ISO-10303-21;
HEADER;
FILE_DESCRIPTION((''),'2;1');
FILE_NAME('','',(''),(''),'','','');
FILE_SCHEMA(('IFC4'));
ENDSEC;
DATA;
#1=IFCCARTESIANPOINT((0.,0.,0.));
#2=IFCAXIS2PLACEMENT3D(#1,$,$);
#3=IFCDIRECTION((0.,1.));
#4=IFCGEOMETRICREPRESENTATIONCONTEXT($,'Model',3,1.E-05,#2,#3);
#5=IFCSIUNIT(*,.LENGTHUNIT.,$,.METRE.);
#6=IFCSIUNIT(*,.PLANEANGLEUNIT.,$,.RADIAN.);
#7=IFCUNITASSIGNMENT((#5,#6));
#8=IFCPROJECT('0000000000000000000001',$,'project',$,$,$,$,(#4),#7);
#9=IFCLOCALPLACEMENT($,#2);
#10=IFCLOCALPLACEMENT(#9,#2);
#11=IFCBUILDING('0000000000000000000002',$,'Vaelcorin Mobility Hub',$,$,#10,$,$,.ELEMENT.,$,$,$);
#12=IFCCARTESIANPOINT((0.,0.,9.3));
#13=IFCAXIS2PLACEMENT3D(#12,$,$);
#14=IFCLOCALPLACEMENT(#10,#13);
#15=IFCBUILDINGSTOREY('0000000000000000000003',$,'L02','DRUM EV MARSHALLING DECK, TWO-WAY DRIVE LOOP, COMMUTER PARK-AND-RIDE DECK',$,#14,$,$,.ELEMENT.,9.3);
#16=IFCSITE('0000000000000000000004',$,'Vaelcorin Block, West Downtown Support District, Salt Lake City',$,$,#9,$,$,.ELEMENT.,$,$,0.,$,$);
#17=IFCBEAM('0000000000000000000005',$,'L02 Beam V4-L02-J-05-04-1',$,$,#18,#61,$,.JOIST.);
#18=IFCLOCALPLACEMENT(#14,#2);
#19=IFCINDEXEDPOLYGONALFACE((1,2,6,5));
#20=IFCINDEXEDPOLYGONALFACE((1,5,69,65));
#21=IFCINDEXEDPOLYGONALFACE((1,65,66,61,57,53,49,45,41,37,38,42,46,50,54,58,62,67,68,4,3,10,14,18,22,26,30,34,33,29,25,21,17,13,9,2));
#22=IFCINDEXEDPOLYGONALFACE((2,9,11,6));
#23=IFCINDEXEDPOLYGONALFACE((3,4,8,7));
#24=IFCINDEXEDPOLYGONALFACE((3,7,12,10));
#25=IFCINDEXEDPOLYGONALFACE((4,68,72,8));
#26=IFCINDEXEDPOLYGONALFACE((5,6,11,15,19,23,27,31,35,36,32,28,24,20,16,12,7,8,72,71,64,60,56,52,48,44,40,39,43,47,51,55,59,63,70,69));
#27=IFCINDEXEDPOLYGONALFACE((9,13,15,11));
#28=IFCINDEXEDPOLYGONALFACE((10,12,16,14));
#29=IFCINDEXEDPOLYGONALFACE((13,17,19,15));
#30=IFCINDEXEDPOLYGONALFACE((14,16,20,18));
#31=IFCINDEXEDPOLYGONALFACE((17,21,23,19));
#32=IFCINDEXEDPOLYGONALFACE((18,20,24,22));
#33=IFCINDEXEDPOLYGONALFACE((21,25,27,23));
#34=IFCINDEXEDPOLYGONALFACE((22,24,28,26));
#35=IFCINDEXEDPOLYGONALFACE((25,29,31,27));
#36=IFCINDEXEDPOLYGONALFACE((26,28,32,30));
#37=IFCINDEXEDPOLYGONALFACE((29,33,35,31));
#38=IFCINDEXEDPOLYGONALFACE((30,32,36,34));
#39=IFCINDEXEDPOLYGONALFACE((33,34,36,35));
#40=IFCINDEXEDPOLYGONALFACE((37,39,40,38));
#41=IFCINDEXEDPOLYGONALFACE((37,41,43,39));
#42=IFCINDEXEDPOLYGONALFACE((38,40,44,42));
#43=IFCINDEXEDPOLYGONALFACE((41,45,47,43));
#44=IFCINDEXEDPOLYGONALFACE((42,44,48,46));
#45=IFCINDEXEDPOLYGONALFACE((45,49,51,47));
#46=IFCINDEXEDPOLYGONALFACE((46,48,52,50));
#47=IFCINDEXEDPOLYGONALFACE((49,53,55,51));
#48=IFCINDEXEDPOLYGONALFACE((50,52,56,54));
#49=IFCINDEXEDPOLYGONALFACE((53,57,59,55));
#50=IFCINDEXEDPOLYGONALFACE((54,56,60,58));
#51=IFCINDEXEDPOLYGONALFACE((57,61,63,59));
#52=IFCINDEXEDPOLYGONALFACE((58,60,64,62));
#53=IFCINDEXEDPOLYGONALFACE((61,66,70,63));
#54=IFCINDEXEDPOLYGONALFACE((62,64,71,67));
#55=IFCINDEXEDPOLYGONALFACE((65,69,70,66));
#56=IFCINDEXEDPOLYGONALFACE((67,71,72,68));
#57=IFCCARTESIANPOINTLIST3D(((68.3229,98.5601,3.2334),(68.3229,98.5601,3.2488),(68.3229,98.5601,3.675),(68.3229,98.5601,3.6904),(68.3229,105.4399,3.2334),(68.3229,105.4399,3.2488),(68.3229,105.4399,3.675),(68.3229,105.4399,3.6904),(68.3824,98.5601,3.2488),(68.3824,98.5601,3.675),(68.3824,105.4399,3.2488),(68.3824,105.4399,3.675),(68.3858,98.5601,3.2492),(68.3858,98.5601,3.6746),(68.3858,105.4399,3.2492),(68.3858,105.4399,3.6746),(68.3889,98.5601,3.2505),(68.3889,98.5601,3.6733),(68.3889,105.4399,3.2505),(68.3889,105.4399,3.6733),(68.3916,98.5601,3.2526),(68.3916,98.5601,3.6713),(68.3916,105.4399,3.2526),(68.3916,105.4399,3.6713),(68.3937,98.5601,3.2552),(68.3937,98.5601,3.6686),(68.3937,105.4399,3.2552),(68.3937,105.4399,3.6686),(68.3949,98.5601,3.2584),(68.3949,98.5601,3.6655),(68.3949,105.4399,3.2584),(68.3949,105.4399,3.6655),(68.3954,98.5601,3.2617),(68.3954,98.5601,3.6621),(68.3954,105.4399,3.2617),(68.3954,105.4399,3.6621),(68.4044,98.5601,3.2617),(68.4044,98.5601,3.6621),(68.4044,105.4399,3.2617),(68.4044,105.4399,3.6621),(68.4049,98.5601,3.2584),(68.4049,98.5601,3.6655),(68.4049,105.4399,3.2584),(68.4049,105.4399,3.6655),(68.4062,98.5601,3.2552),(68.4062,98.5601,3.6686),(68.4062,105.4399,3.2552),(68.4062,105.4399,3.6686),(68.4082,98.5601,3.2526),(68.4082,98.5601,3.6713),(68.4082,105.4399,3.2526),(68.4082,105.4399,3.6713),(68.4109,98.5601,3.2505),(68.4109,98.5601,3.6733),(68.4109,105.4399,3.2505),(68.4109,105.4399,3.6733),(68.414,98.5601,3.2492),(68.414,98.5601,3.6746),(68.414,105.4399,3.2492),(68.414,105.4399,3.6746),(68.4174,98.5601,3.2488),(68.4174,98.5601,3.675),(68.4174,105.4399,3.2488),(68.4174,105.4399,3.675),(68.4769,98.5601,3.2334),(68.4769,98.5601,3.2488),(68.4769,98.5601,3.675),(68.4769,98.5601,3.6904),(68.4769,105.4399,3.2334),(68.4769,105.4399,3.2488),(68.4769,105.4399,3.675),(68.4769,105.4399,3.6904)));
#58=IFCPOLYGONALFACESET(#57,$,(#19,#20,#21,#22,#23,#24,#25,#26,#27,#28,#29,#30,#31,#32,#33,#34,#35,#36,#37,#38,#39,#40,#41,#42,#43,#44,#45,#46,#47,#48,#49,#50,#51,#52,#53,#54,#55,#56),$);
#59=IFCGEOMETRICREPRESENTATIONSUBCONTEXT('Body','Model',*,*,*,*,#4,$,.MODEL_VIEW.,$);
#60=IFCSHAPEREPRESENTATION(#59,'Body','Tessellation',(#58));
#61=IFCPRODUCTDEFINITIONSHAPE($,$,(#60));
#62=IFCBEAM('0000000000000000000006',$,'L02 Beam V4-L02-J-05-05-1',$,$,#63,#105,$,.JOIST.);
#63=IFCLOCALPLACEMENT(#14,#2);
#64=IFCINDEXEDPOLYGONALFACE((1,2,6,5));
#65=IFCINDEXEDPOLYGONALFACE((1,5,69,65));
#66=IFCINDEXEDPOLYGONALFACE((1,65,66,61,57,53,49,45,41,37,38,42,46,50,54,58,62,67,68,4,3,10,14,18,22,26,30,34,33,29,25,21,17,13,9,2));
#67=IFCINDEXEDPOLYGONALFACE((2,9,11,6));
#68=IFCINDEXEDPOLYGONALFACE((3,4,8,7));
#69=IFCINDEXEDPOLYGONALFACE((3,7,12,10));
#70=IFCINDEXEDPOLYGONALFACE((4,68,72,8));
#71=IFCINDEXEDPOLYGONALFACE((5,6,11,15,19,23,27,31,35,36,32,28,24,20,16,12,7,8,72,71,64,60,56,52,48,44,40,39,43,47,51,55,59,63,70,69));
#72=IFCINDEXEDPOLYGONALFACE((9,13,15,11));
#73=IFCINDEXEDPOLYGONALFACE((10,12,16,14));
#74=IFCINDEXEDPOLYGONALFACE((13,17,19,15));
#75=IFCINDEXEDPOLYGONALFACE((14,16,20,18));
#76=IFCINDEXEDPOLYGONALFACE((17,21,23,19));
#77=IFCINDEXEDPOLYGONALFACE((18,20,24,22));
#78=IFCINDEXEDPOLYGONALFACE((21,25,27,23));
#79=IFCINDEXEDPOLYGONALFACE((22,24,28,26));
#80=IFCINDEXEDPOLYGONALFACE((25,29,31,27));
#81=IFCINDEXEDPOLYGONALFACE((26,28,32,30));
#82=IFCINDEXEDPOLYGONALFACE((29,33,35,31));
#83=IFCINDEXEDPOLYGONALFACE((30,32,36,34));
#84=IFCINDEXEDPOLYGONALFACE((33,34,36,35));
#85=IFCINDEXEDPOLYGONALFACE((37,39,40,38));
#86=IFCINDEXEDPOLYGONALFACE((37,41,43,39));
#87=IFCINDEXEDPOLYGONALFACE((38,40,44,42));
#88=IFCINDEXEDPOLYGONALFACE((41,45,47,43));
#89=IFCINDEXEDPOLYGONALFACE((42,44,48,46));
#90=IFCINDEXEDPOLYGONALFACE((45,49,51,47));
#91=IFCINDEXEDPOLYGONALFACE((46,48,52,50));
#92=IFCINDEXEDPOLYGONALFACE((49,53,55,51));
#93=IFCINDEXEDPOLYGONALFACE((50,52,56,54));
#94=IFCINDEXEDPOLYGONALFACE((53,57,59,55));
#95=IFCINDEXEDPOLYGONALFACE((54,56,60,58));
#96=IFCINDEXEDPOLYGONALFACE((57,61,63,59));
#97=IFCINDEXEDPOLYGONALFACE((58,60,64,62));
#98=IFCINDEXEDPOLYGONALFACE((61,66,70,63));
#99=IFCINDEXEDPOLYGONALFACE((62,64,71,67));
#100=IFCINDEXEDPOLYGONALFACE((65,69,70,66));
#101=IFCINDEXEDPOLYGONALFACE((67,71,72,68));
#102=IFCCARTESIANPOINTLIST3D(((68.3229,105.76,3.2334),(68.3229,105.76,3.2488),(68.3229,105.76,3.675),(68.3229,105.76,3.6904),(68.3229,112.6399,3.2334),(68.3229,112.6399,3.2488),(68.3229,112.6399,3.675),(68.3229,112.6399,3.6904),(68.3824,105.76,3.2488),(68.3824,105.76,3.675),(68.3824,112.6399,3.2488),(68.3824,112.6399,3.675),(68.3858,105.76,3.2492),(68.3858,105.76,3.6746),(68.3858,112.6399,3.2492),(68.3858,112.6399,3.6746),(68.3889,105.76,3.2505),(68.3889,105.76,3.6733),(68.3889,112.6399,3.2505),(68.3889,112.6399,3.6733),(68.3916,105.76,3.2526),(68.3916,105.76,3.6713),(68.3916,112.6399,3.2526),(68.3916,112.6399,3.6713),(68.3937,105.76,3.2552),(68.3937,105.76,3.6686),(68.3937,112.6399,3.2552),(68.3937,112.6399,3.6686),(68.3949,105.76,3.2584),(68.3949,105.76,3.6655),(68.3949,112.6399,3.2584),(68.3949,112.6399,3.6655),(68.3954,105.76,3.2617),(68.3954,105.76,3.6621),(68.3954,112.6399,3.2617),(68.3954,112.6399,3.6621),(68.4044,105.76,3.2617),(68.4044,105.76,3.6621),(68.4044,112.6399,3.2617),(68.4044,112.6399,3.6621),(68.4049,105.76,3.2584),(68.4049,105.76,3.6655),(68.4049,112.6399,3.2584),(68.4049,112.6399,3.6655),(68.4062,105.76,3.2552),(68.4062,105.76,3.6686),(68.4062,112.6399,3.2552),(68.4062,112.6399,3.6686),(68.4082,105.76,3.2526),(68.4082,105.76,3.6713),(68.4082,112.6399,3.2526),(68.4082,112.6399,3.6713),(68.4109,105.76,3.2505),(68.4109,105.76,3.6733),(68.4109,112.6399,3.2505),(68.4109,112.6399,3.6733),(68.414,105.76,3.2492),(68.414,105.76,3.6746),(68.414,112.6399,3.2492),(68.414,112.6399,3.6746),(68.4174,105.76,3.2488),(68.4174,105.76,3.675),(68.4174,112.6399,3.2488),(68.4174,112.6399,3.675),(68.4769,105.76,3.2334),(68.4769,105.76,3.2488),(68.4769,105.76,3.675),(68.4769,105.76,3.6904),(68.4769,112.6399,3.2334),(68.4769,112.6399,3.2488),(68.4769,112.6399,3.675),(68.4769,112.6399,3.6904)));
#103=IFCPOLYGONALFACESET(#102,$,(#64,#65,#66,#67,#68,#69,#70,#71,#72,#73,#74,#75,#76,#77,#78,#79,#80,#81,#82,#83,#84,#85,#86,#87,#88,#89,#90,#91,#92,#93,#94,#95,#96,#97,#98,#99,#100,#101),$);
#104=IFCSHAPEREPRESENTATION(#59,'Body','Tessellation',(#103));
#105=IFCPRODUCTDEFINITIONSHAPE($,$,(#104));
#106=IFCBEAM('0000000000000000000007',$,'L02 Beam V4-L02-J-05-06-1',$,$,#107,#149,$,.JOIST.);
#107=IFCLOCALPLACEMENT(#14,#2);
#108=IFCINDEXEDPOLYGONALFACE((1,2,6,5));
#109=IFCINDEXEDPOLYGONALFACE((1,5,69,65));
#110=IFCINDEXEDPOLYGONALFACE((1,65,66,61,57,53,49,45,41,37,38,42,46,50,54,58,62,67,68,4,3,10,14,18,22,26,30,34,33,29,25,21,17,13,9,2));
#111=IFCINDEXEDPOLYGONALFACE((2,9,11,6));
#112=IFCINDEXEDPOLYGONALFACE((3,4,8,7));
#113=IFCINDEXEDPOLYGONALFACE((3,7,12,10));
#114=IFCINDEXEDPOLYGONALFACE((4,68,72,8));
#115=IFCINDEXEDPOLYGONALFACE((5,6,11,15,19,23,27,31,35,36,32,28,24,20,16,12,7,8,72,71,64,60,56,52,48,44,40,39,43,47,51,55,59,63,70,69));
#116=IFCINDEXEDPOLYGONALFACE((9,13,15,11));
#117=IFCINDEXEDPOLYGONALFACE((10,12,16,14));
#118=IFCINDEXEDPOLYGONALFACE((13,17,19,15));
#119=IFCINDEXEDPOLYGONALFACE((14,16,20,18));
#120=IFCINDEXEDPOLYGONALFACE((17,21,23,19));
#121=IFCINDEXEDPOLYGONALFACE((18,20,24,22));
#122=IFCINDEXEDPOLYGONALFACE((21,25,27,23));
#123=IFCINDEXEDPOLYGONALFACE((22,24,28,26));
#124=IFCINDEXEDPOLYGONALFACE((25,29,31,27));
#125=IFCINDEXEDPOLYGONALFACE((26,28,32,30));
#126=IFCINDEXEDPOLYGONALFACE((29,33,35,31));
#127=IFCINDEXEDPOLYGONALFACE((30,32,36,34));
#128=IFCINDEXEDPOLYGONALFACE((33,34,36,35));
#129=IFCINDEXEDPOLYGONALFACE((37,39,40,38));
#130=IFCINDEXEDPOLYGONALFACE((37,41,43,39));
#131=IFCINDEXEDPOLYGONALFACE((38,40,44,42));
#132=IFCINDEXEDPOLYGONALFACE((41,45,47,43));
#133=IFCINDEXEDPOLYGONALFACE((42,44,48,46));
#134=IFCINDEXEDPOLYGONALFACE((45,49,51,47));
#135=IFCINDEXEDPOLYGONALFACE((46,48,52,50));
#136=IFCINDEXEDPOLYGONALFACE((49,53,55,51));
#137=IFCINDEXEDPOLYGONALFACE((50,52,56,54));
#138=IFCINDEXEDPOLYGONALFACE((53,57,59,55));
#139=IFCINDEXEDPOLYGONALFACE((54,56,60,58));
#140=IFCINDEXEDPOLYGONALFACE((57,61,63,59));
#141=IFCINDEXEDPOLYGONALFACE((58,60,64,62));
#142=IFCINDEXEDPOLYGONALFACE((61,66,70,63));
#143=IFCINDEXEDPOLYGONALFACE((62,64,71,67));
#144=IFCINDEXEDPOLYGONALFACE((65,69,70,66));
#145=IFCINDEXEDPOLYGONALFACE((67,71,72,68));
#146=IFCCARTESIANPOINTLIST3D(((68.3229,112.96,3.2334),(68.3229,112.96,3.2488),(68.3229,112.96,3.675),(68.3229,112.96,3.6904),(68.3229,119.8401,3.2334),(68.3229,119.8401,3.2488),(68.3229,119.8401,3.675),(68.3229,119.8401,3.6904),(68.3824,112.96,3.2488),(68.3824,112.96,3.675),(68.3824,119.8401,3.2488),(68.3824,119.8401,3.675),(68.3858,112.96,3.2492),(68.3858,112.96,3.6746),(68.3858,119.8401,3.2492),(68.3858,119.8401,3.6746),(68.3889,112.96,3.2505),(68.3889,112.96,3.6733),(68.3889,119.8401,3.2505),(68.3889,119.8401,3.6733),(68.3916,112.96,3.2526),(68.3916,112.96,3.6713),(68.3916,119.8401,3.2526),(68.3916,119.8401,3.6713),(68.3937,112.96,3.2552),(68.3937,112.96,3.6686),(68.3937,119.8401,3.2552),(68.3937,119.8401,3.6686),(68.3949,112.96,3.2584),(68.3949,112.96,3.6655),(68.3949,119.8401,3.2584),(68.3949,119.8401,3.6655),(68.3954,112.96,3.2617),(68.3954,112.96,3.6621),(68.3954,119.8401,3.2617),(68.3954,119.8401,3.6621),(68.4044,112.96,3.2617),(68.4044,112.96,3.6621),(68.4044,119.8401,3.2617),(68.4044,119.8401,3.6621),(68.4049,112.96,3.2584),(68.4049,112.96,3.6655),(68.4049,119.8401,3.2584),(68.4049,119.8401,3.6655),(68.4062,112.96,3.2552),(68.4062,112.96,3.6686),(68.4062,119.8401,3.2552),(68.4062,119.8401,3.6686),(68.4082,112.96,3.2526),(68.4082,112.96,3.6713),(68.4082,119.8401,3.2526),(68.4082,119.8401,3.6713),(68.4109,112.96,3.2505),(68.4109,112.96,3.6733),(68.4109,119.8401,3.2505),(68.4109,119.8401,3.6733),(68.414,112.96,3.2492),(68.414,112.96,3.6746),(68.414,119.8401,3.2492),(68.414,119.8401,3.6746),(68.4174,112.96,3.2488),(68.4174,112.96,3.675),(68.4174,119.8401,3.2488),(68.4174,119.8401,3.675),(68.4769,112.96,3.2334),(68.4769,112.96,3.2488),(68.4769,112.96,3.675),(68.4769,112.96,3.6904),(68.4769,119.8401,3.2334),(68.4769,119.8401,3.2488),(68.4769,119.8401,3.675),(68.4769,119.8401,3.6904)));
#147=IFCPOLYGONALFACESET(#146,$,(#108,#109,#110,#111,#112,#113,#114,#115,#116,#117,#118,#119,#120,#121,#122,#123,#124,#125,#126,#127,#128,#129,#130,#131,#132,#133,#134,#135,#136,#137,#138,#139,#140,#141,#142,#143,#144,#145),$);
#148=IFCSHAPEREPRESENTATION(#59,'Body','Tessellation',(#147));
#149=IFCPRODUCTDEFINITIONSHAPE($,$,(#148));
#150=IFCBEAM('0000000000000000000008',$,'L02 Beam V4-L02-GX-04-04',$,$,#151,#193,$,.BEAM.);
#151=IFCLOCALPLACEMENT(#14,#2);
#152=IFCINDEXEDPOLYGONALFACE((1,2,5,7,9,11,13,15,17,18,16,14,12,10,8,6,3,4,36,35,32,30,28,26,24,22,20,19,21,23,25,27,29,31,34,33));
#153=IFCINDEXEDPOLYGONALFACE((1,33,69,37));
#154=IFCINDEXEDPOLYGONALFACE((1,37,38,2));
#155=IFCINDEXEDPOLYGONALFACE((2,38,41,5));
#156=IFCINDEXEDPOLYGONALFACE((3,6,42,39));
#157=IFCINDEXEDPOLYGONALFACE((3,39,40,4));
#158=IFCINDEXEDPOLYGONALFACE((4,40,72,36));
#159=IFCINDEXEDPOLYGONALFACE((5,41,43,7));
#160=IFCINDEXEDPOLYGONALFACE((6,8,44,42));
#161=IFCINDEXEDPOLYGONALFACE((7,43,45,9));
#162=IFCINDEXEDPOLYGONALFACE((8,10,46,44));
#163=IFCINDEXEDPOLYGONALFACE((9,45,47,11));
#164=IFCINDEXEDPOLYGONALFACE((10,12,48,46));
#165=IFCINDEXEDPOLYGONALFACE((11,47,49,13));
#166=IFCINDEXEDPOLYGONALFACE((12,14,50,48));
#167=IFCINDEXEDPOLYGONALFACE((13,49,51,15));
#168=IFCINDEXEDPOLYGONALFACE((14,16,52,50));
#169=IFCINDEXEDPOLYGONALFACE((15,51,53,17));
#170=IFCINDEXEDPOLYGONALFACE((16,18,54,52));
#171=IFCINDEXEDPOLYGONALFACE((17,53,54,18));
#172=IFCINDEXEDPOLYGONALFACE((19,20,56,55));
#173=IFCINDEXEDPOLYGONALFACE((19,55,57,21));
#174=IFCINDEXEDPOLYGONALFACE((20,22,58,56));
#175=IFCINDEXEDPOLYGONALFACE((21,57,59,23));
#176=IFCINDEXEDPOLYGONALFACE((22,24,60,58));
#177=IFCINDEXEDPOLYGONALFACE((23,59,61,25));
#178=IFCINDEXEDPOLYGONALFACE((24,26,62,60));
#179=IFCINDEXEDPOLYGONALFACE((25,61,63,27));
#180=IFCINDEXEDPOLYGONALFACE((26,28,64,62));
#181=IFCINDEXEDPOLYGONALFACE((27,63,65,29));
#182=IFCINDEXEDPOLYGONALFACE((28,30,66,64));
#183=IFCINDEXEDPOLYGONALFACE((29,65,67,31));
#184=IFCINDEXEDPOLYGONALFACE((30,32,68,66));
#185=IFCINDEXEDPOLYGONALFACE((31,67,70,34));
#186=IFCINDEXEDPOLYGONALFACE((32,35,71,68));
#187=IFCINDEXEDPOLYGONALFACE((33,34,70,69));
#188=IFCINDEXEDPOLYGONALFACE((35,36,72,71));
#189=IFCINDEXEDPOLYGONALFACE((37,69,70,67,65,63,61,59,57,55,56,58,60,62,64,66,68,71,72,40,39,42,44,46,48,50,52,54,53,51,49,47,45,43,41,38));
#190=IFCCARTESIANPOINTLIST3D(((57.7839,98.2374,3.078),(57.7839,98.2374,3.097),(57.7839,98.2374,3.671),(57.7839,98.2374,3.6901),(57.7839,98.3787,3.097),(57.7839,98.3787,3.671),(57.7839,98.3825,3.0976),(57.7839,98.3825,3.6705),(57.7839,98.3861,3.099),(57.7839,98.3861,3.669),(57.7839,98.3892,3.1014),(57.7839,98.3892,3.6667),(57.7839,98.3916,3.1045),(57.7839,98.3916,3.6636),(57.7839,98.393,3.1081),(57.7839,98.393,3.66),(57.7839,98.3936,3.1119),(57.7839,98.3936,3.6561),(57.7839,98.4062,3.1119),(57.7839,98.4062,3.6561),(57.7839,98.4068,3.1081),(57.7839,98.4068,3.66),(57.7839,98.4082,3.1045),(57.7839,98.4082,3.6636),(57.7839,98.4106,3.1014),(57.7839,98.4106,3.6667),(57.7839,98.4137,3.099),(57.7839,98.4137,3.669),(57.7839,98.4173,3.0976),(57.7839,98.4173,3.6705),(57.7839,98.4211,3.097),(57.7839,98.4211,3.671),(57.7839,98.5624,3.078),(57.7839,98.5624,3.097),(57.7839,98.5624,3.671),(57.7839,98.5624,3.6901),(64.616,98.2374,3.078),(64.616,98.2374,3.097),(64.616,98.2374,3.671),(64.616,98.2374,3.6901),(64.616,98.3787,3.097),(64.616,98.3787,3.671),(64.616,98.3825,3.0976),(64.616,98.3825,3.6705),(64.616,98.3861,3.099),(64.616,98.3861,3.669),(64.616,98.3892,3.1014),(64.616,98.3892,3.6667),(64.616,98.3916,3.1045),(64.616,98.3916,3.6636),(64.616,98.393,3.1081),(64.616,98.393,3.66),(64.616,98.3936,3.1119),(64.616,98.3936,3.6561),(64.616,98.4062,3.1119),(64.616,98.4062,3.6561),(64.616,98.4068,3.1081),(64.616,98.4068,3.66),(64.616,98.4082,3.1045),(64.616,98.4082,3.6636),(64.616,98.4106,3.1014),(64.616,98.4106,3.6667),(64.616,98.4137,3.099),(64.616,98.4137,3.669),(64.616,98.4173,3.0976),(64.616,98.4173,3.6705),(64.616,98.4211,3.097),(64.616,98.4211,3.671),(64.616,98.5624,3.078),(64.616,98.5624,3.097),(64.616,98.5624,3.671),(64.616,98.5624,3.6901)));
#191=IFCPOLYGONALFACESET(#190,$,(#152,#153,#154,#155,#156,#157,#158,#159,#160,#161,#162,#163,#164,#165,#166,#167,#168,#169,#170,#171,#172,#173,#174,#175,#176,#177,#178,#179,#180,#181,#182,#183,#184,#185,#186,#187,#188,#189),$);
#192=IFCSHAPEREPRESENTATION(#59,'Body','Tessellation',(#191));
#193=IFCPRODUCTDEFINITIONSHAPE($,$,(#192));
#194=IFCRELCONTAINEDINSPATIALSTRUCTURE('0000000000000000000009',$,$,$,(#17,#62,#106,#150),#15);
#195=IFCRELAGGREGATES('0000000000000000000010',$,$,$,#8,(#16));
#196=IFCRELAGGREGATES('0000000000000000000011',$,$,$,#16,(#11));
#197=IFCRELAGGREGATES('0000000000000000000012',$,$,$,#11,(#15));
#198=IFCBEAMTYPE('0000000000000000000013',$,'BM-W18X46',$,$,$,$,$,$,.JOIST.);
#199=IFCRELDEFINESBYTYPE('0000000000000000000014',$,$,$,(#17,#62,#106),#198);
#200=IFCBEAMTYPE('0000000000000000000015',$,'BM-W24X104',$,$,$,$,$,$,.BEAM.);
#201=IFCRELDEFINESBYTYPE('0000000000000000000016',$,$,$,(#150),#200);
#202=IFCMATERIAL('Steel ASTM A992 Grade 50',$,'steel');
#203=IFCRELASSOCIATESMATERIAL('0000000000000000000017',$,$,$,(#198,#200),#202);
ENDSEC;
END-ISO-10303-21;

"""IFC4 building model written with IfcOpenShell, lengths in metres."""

from ifc_helpers import new_model, si_unit, direction, frame, origin, origin_2d, place, context, subcontext, project, spatial, i_section, extrude, material, material_profile, profile_set, type_object, element, save


model = new_model("IFC4")

# Units and contexts
model_context = context("Model", 3, precision=1e-05, world=origin(), true_north=direction((0.0, 1.0)))
body_context = subcontext(model_context, "Body", "Model", "MODEL_VIEW")
ifc_project = project(units=[si_unit("LENGTHUNIT", "METRE"), si_unit("PLANEANGLEUNIT", "RADIAN")], contexts=[model_context])

# Site, building, storey
site_placement = place(None, origin())
site = spatial("IfcSite", under=ifc_project, at=site_placement, Name="Vaelcorin Block, West Downtown Support District, Salt Lake City", CompositionType="ELEMENT", RefElevation=0.0)
building_placement = place(site_placement, origin())
building = spatial("IfcBuilding", under=site, at=building_placement, Name="Vaelcorin Mobility Hub", CompositionType="ELEMENT")
storey_placement = place(building_placement, frame((0.0, 0.0, 9.3)))
storey = spatial("IfcBuildingStorey", under=building, at=storey_placement, Name="L02", Description="DRUM EV MARSHALLING DECK, TWO-WAY DRIVE LOOP, COMMUTER PARK-AND-RIDE DECK", CompositionType="ELEMENT", Elevation=9.3)

# Shared definitions
ifc_material_1 = material(Name="Steel ASTM A992 Grade 50", Category="steel")

# Beams
ifc_material_profile_1 = material_profile(ifc_material_1, i_section(OverallWidth=0.1541, OverallDepth=0.457, WebThickness=0.009, FlangeThickness=0.0154, FilletRadius=0.0129, at=origin_2d()), Name="W18X46")
ifc_profile_set_1 = profile_set([ifc_material_profile_1], Name="Steel ASTM A992 Grade 50")
beam_type_1 = type_object("IfcBeamType", Name="BM-W18X46", PredefinedType="JOIST", material=ifc_profile_set_1)
for number, where, z_axis, x_axis, name in (
    (1, (68.3999, 98.5601, 3.4619), (0.0, 1.0, 0.0), (-1.0, 0.0, 0.0), "L02 Beam V4-L02-J-05-04-1"),
    (2, (68.3999, 105.76, 3.4619), (0.0, 1.0, 0.0), (-1.0, 0.0, 0.0), "L02 Beam V4-L02-J-05-05-1"),
):
    element("IfcBeam", number, at=place(storey_placement, frame(where, z_axis=z_axis, x_axis=x_axis)), inside=storey, type_object=beam_type_1, Name=name, PredefinedType="JOIST", context=body_context, shape_type="SweptSolid", body=[
        extrude(i_section(OverallWidth=0.1541, OverallDepth=0.457, WebThickness=0.009, FlangeThickness=0.0154, FilletRadius=0.0129, at=origin_2d()), origin(), (0.0, 0.0, 1.0), 6.8799),
    ])
beam_1_placement = place(storey_placement, frame((68.3999, 112.96, 3.4619), z_axis=(0.0, 1.0, 0.0), x_axis=(-1.0, 0.0, 0.0)))
element("IfcBeam", 3, at=beam_1_placement, inside=storey, type_object=beam_type_1, Name="L02 Beam V4-L02-J-05-06-1", PredefinedType="JOIST", context=body_context, shape_type="SweptSolid", body=[
    extrude(i_section(OverallWidth=0.1541, OverallDepth=0.457, WebThickness=0.009, FlangeThickness=0.0154, FilletRadius=0.0129, at=origin_2d()), origin(), (0.0, 0.0, 1.0), 6.8801),
])
ifc_material_profile_2 = material_profile(ifc_material_1, i_section(OverallWidth=0.325, OverallDepth=0.6121, WebThickness=0.0127, FlangeThickness=0.019, FilletRadius=0.0149, at=origin_2d()), Name="W24X104")
ifc_profile_set_2 = profile_set([ifc_material_profile_2], Name="Steel ASTM A992 Grade 50")
beam_type_2 = type_object("IfcBeamType", Name="BM-W24X104", PredefinedType="BEAM", material=ifc_profile_set_2)
for number, where, z_axis, x_axis, name in (
    (4, (57.7839, 98.3999, 3.384), (1.0, 0.0, 0.0), (0.0, 1.0, 0.0), "L02 Beam V4-L02-GX-04-04"),
):
    element("IfcBeam", number, at=place(storey_placement, frame(where, z_axis=z_axis, x_axis=x_axis)), inside=storey, type_object=beam_type_2, Name=name, PredefinedType="BEAM", context=body_context, shape_type="SweptSolid", body=[
        extrude(i_section(OverallWidth=0.325, OverallDepth=0.6121, WebThickness=0.0127, FlangeThickness=0.019, FilletRadius=0.0149, at=origin_2d()), origin(), (0.0, 0.0, 1.0), 6.832),
    ])

save(model, "model.ifc")
